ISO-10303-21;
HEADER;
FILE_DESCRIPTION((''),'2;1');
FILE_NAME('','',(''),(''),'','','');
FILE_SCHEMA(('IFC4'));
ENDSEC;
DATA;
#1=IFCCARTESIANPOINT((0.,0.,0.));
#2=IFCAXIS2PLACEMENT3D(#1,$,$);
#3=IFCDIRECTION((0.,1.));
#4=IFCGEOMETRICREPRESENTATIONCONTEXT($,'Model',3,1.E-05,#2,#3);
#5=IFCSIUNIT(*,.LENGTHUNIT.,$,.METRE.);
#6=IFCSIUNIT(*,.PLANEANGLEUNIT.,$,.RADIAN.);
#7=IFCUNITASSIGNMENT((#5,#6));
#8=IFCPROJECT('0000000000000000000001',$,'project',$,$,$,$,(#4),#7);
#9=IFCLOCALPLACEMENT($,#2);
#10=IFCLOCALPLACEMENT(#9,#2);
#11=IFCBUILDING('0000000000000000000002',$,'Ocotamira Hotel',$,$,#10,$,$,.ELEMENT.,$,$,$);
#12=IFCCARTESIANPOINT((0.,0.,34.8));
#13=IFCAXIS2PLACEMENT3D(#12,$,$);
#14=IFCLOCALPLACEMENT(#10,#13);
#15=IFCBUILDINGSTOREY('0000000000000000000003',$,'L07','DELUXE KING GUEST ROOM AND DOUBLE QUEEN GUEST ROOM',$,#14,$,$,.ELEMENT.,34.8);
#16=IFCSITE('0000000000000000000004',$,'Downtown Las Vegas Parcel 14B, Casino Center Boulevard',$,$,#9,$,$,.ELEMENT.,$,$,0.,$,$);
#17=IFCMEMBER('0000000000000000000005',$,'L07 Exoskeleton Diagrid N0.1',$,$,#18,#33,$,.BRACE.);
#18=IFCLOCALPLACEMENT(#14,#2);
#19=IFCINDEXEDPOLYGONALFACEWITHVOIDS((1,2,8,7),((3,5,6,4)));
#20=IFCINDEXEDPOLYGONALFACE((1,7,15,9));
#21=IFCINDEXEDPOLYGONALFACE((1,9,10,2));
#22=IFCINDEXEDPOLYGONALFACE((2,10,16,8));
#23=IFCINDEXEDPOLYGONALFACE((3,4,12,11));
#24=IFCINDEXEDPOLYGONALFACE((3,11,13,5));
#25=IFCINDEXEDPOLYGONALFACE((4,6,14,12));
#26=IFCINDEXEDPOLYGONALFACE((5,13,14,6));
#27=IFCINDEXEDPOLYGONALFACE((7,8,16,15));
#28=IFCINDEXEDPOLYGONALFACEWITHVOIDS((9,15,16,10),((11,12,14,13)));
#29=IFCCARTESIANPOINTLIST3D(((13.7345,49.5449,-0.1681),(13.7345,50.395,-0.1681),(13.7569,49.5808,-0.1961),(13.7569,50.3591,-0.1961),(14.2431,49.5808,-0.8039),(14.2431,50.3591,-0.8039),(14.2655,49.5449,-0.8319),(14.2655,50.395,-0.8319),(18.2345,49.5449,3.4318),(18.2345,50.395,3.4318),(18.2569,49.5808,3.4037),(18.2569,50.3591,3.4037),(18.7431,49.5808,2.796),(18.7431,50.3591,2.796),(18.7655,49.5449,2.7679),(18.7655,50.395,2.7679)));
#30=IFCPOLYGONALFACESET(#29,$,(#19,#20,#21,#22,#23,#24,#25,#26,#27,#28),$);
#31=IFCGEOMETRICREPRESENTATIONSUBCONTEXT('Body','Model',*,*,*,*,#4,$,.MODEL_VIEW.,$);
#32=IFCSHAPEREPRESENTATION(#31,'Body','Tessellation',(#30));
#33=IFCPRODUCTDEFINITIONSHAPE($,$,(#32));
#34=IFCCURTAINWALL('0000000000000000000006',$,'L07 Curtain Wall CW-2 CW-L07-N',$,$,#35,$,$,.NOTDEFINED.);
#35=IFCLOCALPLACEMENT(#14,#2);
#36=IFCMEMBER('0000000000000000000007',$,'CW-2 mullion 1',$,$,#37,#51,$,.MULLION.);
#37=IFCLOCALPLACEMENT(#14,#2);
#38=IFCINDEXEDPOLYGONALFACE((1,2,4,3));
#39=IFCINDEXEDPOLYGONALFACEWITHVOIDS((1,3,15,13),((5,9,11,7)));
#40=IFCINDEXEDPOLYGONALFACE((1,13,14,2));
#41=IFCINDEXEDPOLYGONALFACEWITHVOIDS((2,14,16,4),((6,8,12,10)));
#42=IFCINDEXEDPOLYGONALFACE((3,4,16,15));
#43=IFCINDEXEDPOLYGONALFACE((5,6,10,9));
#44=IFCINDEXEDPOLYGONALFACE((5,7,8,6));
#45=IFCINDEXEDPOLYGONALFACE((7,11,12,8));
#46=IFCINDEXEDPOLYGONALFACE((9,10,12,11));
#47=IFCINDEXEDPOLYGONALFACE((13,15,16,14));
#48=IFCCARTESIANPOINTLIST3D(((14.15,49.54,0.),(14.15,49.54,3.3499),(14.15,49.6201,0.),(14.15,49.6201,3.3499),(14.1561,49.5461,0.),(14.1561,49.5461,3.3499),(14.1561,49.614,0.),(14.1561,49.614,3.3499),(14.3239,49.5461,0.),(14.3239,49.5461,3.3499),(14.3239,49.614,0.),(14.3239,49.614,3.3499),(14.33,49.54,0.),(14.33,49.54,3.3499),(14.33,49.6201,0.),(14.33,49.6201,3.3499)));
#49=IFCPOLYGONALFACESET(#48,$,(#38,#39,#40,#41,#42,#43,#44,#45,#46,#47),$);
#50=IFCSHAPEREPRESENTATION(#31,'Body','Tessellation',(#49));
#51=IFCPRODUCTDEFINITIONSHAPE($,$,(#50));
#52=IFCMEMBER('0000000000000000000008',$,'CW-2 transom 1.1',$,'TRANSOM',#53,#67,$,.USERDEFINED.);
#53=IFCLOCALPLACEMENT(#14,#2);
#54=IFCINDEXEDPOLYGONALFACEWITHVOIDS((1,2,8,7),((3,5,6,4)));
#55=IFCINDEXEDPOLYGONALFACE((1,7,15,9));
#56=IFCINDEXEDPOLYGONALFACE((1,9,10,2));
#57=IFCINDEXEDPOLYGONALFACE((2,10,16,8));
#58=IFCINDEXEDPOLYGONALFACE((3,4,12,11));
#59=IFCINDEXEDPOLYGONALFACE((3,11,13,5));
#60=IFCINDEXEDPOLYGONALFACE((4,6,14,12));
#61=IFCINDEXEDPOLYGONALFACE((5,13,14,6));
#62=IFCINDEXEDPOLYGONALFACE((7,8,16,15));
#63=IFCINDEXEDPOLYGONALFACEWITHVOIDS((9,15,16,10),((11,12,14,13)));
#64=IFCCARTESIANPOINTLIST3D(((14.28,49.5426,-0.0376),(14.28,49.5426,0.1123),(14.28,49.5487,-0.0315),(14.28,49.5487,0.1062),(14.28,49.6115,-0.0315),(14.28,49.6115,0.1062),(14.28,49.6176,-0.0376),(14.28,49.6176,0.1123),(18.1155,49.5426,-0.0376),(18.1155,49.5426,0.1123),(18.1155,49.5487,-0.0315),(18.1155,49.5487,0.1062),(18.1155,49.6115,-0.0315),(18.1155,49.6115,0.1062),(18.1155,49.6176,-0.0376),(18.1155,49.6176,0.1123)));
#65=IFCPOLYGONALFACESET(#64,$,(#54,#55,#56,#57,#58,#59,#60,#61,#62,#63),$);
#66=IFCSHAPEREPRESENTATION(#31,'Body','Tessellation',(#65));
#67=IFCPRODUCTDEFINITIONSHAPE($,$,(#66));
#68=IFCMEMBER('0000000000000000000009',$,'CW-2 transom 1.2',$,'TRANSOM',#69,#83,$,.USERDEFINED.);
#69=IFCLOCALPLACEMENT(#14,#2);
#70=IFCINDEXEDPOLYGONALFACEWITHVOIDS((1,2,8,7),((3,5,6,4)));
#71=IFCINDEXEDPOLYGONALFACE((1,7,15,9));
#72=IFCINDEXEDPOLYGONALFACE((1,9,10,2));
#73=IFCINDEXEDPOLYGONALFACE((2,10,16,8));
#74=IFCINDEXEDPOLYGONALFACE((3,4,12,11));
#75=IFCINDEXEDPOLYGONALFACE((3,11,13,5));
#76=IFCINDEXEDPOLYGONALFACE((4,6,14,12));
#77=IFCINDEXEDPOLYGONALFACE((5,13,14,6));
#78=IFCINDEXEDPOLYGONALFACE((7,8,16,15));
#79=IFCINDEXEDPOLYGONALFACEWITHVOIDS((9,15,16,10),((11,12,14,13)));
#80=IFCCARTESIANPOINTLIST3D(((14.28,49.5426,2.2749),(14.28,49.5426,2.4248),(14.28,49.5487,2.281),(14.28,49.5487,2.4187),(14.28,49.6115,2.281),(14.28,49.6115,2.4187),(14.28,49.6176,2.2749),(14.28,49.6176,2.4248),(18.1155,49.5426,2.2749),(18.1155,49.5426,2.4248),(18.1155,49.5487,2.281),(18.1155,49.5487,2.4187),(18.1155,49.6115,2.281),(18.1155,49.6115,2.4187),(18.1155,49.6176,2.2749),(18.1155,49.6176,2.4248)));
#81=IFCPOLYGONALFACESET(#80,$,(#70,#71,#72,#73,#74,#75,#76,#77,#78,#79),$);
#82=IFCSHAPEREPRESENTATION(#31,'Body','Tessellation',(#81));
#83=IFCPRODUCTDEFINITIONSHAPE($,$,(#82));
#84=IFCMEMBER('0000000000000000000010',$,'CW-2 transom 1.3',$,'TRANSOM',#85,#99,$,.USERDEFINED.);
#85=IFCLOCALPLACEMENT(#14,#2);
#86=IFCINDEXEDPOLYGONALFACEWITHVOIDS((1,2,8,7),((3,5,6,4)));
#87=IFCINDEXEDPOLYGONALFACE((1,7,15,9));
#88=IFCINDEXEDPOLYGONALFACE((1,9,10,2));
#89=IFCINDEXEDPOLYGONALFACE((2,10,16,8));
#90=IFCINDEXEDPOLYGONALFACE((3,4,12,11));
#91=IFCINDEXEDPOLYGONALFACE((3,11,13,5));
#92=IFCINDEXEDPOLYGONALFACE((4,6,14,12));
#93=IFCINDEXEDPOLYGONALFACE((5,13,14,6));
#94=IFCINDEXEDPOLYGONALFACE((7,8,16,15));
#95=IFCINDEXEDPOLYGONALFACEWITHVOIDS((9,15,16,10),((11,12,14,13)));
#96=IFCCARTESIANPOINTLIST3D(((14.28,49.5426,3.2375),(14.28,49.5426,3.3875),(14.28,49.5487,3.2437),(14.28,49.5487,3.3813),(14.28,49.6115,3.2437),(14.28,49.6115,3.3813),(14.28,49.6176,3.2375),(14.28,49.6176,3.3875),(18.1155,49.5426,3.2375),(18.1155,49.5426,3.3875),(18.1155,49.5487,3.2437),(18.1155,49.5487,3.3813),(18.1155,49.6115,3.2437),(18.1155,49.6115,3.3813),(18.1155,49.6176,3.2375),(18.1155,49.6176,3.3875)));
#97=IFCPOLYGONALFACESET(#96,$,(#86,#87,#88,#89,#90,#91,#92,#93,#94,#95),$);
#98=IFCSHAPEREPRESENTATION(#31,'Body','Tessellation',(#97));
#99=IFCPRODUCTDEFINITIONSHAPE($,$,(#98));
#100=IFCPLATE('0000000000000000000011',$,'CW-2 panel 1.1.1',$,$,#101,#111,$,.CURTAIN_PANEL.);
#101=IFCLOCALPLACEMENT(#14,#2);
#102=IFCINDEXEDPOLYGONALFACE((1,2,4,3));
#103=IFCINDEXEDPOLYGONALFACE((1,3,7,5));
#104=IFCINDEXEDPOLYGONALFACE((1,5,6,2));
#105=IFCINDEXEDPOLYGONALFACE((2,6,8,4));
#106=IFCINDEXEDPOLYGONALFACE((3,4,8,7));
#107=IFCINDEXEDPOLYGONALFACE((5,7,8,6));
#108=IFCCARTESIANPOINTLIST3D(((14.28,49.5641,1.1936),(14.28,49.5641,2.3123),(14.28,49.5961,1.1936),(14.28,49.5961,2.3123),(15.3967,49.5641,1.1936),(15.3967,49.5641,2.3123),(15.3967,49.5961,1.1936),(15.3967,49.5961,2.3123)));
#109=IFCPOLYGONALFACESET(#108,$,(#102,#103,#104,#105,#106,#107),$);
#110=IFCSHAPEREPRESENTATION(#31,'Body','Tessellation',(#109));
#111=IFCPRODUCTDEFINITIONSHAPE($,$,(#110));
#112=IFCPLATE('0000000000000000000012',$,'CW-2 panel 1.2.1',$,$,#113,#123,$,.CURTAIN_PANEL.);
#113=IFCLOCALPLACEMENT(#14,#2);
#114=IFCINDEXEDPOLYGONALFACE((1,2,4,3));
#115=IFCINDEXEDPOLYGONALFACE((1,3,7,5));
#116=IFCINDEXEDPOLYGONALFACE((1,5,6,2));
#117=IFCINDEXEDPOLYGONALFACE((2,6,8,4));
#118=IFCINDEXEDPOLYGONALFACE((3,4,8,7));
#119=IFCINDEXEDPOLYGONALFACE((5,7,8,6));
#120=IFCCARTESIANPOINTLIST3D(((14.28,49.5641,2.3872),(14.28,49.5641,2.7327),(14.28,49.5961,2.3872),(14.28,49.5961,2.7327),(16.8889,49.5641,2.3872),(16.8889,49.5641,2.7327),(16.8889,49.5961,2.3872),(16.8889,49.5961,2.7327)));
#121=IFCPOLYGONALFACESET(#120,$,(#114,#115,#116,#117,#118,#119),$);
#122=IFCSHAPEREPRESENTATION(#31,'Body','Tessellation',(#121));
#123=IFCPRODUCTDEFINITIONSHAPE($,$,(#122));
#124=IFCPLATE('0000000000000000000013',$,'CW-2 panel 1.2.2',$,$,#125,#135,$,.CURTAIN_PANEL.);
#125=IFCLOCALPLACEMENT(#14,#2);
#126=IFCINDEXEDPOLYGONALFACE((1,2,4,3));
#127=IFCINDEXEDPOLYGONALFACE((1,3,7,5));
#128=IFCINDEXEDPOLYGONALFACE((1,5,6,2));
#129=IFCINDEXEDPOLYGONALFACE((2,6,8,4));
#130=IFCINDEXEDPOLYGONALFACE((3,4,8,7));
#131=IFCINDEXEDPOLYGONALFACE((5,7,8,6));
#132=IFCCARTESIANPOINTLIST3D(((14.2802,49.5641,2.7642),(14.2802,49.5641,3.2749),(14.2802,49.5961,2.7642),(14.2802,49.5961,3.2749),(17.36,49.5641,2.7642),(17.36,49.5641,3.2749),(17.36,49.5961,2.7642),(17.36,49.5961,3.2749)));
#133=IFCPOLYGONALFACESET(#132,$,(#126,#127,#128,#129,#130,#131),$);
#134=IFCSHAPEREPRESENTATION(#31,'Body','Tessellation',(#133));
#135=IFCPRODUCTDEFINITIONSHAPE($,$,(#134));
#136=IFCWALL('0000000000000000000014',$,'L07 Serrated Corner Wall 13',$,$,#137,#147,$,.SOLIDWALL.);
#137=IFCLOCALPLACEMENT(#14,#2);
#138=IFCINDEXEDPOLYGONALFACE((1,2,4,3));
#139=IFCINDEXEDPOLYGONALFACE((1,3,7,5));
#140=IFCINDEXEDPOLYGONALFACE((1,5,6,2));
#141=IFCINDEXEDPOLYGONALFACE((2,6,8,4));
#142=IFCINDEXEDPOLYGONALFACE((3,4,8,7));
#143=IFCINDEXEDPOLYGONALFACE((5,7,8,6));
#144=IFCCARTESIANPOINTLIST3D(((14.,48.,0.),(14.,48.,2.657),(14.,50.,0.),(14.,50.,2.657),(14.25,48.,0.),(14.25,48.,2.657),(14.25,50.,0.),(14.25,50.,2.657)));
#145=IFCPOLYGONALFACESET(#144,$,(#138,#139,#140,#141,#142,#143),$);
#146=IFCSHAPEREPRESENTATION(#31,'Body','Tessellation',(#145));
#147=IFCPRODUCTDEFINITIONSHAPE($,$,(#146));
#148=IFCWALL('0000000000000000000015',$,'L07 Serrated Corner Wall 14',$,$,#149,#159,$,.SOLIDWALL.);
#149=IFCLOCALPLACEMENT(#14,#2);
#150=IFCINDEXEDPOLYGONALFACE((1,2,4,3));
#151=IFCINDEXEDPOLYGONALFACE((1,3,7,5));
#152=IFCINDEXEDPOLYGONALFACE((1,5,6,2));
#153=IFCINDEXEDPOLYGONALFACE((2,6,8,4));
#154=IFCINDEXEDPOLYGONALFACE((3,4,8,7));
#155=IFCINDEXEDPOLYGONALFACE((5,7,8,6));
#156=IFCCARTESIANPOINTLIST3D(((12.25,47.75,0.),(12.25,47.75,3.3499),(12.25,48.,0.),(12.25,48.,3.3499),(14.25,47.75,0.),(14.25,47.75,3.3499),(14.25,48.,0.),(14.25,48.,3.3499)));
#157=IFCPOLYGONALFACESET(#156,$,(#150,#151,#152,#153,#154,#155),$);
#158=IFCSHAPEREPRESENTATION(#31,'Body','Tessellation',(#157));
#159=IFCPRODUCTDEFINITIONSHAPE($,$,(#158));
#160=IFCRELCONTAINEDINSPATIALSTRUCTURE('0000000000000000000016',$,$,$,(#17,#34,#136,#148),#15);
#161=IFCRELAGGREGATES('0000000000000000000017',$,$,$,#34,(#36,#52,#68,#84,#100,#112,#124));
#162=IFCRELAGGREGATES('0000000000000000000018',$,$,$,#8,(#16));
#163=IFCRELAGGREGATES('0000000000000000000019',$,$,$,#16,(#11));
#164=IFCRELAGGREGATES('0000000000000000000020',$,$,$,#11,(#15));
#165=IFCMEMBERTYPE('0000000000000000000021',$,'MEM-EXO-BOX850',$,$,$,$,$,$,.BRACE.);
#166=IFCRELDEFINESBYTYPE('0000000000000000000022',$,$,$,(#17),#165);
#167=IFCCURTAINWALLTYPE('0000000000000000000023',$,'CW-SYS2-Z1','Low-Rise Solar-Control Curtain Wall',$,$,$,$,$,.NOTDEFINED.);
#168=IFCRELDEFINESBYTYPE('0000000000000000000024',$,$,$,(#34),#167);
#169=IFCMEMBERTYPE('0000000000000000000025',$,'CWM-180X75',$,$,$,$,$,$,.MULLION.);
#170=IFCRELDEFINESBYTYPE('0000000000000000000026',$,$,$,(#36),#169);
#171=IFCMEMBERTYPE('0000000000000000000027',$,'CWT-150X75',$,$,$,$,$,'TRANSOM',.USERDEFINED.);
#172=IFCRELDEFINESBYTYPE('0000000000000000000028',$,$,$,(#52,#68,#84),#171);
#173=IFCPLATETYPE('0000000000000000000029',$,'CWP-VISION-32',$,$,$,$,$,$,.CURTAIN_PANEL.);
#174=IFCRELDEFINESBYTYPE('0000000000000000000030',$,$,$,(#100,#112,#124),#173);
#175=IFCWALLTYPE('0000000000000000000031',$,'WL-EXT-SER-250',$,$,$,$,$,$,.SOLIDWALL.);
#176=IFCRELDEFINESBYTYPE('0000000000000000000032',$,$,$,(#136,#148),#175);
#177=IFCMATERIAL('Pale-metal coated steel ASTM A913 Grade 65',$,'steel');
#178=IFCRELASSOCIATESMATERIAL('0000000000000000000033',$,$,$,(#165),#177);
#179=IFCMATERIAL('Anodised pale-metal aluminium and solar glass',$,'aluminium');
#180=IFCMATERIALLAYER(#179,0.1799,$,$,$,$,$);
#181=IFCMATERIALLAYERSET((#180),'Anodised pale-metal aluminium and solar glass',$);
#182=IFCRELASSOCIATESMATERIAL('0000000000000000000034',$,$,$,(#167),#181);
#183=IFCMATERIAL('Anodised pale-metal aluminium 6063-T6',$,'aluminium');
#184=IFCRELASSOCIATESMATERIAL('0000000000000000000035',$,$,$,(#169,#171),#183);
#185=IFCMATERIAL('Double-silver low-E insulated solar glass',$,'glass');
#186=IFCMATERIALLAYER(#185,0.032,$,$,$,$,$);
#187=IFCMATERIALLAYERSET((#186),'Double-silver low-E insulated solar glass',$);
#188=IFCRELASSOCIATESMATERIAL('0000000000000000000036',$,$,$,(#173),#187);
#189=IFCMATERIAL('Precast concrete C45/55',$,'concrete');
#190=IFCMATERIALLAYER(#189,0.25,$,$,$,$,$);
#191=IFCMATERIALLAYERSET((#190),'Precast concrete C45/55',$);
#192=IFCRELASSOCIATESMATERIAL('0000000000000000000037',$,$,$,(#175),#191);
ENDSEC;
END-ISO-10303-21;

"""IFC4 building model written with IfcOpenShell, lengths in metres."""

from ifc_helpers import new_model, si_unit, direction, frame, frame_2d, origin, origin_2d, place, context, subcontext, project, spatial, rectangle, hollow_rectangle, extrude, source, transform, mapped, material, layer, layer_set, material_profile, profile_set, type_object, element, aggregate, save


model = new_model("IFC4")

# Units and contexts
model_context = context("Model", 3, precision=1e-05, world=origin(), true_north=direction((0.0, 1.0)))
body_context = subcontext(model_context, "Body", "Model", "MODEL_VIEW")
ifc_project = project(units=[si_unit("LENGTHUNIT", "METRE"), si_unit("PLANEANGLEUNIT", "RADIAN")], contexts=[model_context])

# Site, building, storey
site_placement = place(None, origin())
site = spatial("IfcSite", under=ifc_project, at=site_placement, Name="Downtown Las Vegas Parcel 14B, Casino Center Boulevard", CompositionType="ELEMENT", RefElevation=0.0)
building_placement = place(site_placement, origin())
building = spatial("IfcBuilding", under=site, at=building_placement, Name="Ocotamira Hotel", CompositionType="ELEMENT")
storey_placement = place(building_placement, frame((0.0, 0.0, 34.8)))
storey = spatial("IfcBuildingStorey", under=building, at=storey_placement, Name="L07", Description="DELUXE KING GUEST ROOM AND DOUBLE QUEEN GUEST ROOM", CompositionType="ELEMENT", Elevation=34.8)

# Member
ifc_material_1 = material(Name="Pale-metal coated steel ASTM A913 Grade 65", Category="steel")
ifc_material_profile_1 = material_profile(ifc_material_1, hollow_rectangle(XDim=0.8501, YDim=0.8501, WallThickness=0.0359, at=origin_2d()), Name="BOX850X850X36")
ifc_profile_set_1 = profile_set([ifc_material_profile_1], Name="Pale-metal coated steel ASTM A913 Grade 65")
member_type_1 = type_object("IfcMemberType", Name="MEM-EXO-BOX850", PredefinedType="BRACE", material=ifc_profile_set_1)
shared_shape_1 = source(origin(), body_context, "Body", "SweptSolid", [
    extrude(hollow_rectangle(XDim=0.8501, YDim=0.8501, WallThickness=0.0359, at=origin_2d()), origin(), (0.0, 0.0, 1.0), 5.7627),
])
member_1_placement = place(storey_placement, frame((14.0, 49.97, -0.5), z_axis=(0.780881, 0.0, 0.62468), x_axis=(0.0, 1.0, 0.0)))
element("IfcMember", 1, at=member_1_placement, inside=storey, type_object=member_type_1, Name="L07 Exoskeleton Diagrid N0.1", PredefinedType="BRACE", context=body_context, shape_type="MappedRepresentation", body=[
    mapped(shared_shape_1, transform((0.0, 0.0, 0.0), scale=1.0)),
])

# Curtain wall, members, plates
ifc_material_2 = material(Name="Anodised pale-metal aluminium and solar glass", Category="aluminium")
ifc_layer_1 = layer(ifc_material_2, 0.1799)
ifc_layer_set_1 = layer_set([ifc_layer_1], Name="Anodised pale-metal aluminium and solar glass")
curtain_wall_type = type_object("IfcCurtainWallType", Name="CW-SYS2-Z1", Description="Low-Rise Solar-Control Curtain Wall", PredefinedType="NOTDEFINED", material=ifc_layer_set_1)
curtain_wall_placement = place(storey_placement, origin())
curtain_wall = element("IfcCurtainWall", 2, at=curtain_wall_placement, inside=storey, type_object=curtain_wall_type, Name="L07 Curtain Wall CW-2 CW-L07-N", PredefinedType="NOTDEFINED")
ifc_material_3 = material(Name="Anodised pale-metal aluminium 6063-T6", Category="aluminium")
ifc_material_profile_2 = material_profile(ifc_material_3, hollow_rectangle(XDim=0.0801, YDim=0.1799, WallThickness=0.0061, at=origin_2d()), Name="HSS180X80X6")
ifc_profile_set_2 = profile_set([ifc_material_profile_2], Name="Anodised pale-metal aluminium 6063-T6")
member_type_2 = type_object("IfcMemberType", Name="CWM-180X75", PredefinedType="MULLION", material=ifc_profile_set_2)
shared_shape_2 = source(origin(), body_context, "Body", "SweptSolid", [
    extrude(hollow_rectangle(XDim=0.0801, YDim=0.1799, WallThickness=0.0061, at=origin_2d()), origin(), (0.0, 0.0, 1.0), 3.3499),
])
member_2_placement = place(storey_placement, frame((14.24, 49.5801, 0.0), z_axis=(0.0, 0.0, 1.0), x_axis=(0.0, 1.0, 0.0)))
member_2 = element("IfcMember", 3, at=member_2_placement, type_object=member_type_2, Name="CW-2 mullion 1", PredefinedType="MULLION", context=body_context, shape_type="MappedRepresentation", body=[
    mapped(shared_shape_2, transform((0.0, 0.0, 0.0), scale=1.0)),
])
ifc_material_profile_3 = material_profile(ifc_material_3, hollow_rectangle(XDim=0.075, YDim=0.1499, WallThickness=0.0061, at=origin_2d()), Name="HSS150X75X6")
ifc_profile_set_3 = profile_set([ifc_material_profile_3], Name="Anodised pale-metal aluminium 6063-T6")
member_type_3 = type_object("IfcMemberType", Name="CWT-150X75", ElementType="TRANSOM", PredefinedType="USERDEFINED", material=ifc_profile_set_3)
shared_shape_3 = source(origin(), body_context, "Body", "SweptSolid", [
    extrude(hollow_rectangle(XDim=0.075, YDim=0.1499, WallThickness=0.0061, at=origin_2d()), origin(), (0.0, 0.0, 1.0), 3.8354),
])
member_3_placement = place(storey_placement, frame((14.28, 49.5801, 0.0374), z_axis=(1.0, 0.0, 0.0), x_axis=(0.0, 1.0, 0.0)))
member_3 = element("IfcMember", 4, at=member_3_placement, type_object=member_type_3, Name="CW-2 transom 1.1", ObjectType="TRANSOM", PredefinedType="USERDEFINED", context=body_context, shape_type="MappedRepresentation", body=[
    mapped(shared_shape_3, transform((0.0, 0.0, 0.0), scale=1.0)),
])
member_4_placement = place(storey_placement, frame((14.28, 49.5801, 2.3499), z_axis=(1.0, 0.0, 0.0), x_axis=(0.0, 1.0, 0.0)))
member_4 = element("IfcMember", 5, at=member_4_placement, type_object=member_type_3, Name="CW-2 transom 1.2", ObjectType="TRANSOM", PredefinedType="USERDEFINED", context=body_context, shape_type="MappedRepresentation", body=[
    mapped(shared_shape_3, transform((0.0, 0.0, 0.0), scale=1.0)),
])
member_5_placement = place(storey_placement, frame((14.28, 49.5801, 3.3125), z_axis=(1.0, 0.0, 0.0), x_axis=(0.0, 1.0, 0.0)))
member_5 = element("IfcMember", 6, at=member_5_placement, type_object=member_type_3, Name="CW-2 transom 1.3", ObjectType="TRANSOM", PredefinedType="USERDEFINED", context=body_context, shape_type="MappedRepresentation", body=[
    mapped(shared_shape_3, transform((0.0, 0.0, 0.0), scale=1.0)),
])
ifc_material_4 = material(Name="Double-silver low-E insulated solar glass", Category="glass")
ifc_layer_2 = layer(ifc_material_4, 0.032)
ifc_layer_set_2 = layer_set([ifc_layer_2], Name="Double-silver low-E insulated solar glass")
plate_type = type_object("IfcPlateType", Name="CWP-VISION-32", PredefinedType="CURTAIN_PANEL", material=ifc_layer_set_2)
shared_shape_4 = source(origin(), body_context, "Body", "SweptSolid", [
    extrude(rectangle(XDim=1.1167, YDim=0.032, at=origin_2d()), origin(), (0.0, 0.0, 1.0), 1.1187),
])
plate_1_placement = place(storey_placement, frame((14.8384, 49.5801, 1.1936), z_axis=(0.0, 0.0, 1.0), x_axis=(1.0, 0.0, 0.0)))
plate_1 = element("IfcPlate", 7, at=plate_1_placement, type_object=plate_type, Name="CW-2 panel 1.1.1", PredefinedType="CURTAIN_PANEL", context=body_context, shape_type="MappedRepresentation", body=[
    mapped(shared_shape_4, transform((0.0, 0.0, 0.0), scale=1.0)),
])
shared_shape_5 = source(origin(), body_context, "Body", "SweptSolid", [
    extrude(rectangle(XDim=2.6089, YDim=0.032, at=origin_2d()), origin(), (0.0, 0.0, 1.0), 0.3455),
])
plate_2_placement = place(storey_placement, frame((15.5845, 49.5801, 2.3872), z_axis=(0.0, 0.0, 1.0), x_axis=(1.0, 0.0, 0.0)))
plate_2 = element("IfcPlate", 8, at=plate_2_placement, type_object=plate_type, Name="CW-2 panel 1.2.1", PredefinedType="CURTAIN_PANEL", context=body_context, shape_type="MappedRepresentation", body=[
    mapped(shared_shape_5, transform((0.0, 0.0, 0.0), scale=1.0)),
])
shared_shape_6 = source(origin(), body_context, "Body", "SweptSolid", [
    extrude(rectangle(XDim=3.0798, YDim=0.032, at=origin_2d()), origin(), (0.0, 0.0, 1.0), 0.5107),
])
plate_3_placement = place(storey_placement, frame((15.8201, 49.5801, 2.7642), z_axis=(0.0, 0.0, 1.0), x_axis=(1.0, 0.0, 0.0)))
plate_3 = element("IfcPlate", 9, at=plate_3_placement, type_object=plate_type, Name="CW-2 panel 1.2.2", PredefinedType="CURTAIN_PANEL", context=body_context, shape_type="MappedRepresentation", body=[
    mapped(shared_shape_6, transform((0.0, 0.0, 0.0), scale=1.0)),
])
aggregate(curtain_wall, [member_2, member_3, member_4, member_5, plate_1, plate_2, plate_3])

# Walls
ifc_material_5 = material(Name="Precast concrete C45/55", Category="concrete")
ifc_layer_3 = layer(ifc_material_5, 0.25)
ifc_layer_set_3 = layer_set([ifc_layer_3], Name="Precast concrete C45/55")
wall_type_1 = type_object("IfcWallType", Name="WL-EXT-SER-250", PredefinedType="SOLIDWALL", material=ifc_layer_set_3)
wall_1_placement = place(storey_placement, frame((14.125, 50.0, 0.0), z_axis=(0.0, 0.0, 1.0), x_axis=(0.0, -1.0, 0.0)))
element("IfcWall", 10, at=wall_1_placement, inside=storey, type_object=wall_type_1, Name="L07 Serrated Corner Wall 13", PredefinedType="SOLIDWALL", context=body_context, shape_type="SweptSolid", body=[
    extrude(rectangle(XDim=2.0, YDim=0.25, at=frame_2d((1.0, 0.0))), origin(), (0.0, 0.0, 1.0), 2.657),
])
wall_2_placement = place(storey_placement, frame((14.25, 47.875, 0.0), z_axis=(0.0, 0.0, 1.0), x_axis=(-1.0, 0.0, 0.0)))
element("IfcWall", 11, at=wall_2_placement, inside=storey, type_object=wall_type_1, Name="L07 Serrated Corner Wall 14", PredefinedType="SOLIDWALL", context=body_context, shape_type="SweptSolid", body=[
    extrude(rectangle(XDim=2.0, YDim=0.25, at=frame_2d((1.0, 0.0))), origin(), (0.0, 0.0, 1.0), 3.3499),
])

save(model, "model.ifc")
